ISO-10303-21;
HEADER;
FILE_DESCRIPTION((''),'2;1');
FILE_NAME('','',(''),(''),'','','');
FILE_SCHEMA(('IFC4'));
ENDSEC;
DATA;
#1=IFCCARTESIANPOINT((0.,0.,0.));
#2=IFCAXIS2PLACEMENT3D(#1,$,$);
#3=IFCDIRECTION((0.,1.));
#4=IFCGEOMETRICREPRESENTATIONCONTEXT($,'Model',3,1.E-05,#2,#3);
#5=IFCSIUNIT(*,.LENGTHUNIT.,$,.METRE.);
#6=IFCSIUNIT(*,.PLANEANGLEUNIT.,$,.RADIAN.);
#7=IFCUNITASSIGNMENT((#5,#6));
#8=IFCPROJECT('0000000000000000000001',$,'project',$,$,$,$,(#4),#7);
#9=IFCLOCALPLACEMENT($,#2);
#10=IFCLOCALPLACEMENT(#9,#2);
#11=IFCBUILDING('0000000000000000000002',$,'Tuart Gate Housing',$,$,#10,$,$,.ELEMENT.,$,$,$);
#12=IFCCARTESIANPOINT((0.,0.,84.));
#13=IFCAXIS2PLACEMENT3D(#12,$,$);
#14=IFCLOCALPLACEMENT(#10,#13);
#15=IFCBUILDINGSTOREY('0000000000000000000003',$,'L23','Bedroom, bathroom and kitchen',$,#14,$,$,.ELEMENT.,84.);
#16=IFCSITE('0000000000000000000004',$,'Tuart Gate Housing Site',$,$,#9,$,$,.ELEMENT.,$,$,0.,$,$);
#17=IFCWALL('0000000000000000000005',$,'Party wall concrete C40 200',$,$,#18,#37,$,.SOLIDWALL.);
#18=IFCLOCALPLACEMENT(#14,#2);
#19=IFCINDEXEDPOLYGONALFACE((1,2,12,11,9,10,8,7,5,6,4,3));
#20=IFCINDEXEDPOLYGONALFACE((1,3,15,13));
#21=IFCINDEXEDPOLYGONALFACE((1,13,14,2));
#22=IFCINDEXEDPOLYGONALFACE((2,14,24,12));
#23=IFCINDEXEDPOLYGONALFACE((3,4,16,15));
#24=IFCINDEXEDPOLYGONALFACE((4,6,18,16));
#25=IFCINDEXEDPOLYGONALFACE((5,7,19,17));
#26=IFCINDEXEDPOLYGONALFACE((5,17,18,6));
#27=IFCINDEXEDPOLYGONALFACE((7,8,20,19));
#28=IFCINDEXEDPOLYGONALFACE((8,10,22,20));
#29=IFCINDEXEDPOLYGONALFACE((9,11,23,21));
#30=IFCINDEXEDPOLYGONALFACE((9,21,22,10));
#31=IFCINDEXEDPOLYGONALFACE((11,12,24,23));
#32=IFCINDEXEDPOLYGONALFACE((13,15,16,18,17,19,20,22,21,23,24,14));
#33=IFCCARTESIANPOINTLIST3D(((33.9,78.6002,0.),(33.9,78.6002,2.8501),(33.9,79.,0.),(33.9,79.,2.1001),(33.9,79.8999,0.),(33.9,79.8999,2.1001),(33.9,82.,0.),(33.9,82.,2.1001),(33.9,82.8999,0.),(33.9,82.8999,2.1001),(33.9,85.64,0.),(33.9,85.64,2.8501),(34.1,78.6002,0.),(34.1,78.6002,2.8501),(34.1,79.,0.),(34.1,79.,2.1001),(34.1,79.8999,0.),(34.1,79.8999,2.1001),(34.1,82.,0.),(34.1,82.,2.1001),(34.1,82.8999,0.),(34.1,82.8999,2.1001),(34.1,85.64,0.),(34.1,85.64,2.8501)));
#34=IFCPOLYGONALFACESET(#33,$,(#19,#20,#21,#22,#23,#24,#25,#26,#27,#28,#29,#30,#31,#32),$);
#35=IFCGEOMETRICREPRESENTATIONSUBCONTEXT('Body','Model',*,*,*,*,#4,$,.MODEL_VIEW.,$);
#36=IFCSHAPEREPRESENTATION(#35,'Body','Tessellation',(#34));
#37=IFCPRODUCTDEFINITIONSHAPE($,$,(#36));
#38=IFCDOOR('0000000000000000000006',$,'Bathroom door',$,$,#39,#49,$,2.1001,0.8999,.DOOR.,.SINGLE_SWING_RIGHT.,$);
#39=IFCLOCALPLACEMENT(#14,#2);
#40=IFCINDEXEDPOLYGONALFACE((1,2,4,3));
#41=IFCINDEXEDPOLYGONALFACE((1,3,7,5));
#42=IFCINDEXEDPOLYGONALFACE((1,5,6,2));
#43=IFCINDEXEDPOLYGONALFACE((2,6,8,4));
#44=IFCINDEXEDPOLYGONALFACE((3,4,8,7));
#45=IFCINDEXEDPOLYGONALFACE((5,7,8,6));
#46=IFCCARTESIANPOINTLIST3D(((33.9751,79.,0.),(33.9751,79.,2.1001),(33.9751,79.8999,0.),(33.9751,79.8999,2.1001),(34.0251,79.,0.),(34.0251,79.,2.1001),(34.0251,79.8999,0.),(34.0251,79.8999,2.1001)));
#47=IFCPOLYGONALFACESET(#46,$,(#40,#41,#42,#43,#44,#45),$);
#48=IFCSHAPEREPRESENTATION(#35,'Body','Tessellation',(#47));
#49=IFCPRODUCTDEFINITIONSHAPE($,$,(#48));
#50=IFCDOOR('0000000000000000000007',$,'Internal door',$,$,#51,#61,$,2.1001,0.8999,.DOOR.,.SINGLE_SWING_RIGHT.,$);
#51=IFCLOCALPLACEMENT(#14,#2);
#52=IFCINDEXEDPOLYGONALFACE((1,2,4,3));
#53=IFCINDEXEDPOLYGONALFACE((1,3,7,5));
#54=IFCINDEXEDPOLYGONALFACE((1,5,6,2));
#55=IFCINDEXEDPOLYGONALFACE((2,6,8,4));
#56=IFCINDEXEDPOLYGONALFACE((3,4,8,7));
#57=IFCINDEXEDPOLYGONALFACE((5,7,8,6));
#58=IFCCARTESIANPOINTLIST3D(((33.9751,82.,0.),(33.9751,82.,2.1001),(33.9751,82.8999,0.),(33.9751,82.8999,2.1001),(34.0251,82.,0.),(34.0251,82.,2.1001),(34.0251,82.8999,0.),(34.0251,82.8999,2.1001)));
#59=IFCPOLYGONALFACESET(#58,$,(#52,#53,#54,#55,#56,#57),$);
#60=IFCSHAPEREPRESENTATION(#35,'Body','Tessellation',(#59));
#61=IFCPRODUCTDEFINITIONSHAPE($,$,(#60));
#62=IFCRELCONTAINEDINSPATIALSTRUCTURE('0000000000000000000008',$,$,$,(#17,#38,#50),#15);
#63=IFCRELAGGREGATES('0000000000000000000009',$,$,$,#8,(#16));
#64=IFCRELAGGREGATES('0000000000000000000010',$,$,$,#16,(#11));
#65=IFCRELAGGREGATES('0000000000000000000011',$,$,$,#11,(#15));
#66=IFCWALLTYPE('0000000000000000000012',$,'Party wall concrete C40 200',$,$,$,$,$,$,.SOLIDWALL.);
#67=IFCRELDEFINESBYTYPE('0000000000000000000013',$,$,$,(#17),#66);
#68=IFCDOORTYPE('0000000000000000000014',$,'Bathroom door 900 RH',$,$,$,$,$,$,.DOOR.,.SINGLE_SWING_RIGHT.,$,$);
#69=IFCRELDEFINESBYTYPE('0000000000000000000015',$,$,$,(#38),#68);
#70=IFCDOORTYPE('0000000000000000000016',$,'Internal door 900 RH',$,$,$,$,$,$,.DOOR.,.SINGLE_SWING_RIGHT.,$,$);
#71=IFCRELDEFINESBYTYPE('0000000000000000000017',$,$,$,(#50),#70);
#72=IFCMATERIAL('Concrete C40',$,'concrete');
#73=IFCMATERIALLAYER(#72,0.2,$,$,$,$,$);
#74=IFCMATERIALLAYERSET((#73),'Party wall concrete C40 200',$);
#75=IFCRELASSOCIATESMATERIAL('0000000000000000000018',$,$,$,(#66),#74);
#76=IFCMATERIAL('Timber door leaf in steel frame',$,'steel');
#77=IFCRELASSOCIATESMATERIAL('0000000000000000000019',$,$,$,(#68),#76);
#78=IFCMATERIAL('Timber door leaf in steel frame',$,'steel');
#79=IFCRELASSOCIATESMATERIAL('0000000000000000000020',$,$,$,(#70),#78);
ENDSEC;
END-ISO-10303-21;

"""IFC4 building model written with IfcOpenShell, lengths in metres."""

from ifc_helpers import new_model, si_unit, direction, frame, frame_2d, origin, place, context, subcontext, project, spatial, rectangle, extrude, material, layer, layer_set, type_object, element, fill, save


model = new_model("IFC4")

# Units and contexts
model_context = context("Model", 3, precision=1e-05, world=origin(), true_north=direction((0.0, 1.0)))
body_context = subcontext(model_context, "Body", "Model", "MODEL_VIEW")
ifc_project = project(units=[si_unit("LENGTHUNIT", "METRE"), si_unit("PLANEANGLEUNIT", "RADIAN")], contexts=[model_context])

# Site, building, storey
site_placement = place(None, origin())
site = spatial("IfcSite", under=ifc_project, at=site_placement, Name="Tuart Gate Housing Site", CompositionType="ELEMENT", RefElevation=0.0)
building_placement = place(site_placement, origin())
building = spatial("IfcBuilding", under=site, at=building_placement, Name="Tuart Gate Housing", CompositionType="ELEMENT")
storey_placement = place(building_placement, frame((0.0, 0.0, 84.0)))
storey = spatial("IfcBuildingStorey", under=building, at=storey_placement, Name="L23", Description="Bedroom, bathroom and kitchen", CompositionType="ELEMENT", Elevation=84.0)

# Shared definitions
ifc_material_1 = material(Name="Concrete C40", Category="concrete")
ifc_layer_1 = layer(ifc_material_1, 0.2)
ifc_layer_set_1 = layer_set([ifc_layer_1], Name="Party wall concrete C40 200")
wall_type_1 = type_object("IfcWallType", Name="Party wall concrete C40 200", PredefinedType="SOLIDWALL", material=ifc_layer_set_1)

# Wall, openings, doors
wall_1_placement = place(storey_placement, frame((34.0, 78.6001, 0.0), z_axis=(0.0, 0.0, 1.0), x_axis=(0.0, 1.0, 0.0)))
wall_1 = element("IfcWall", 1, at=wall_1_placement, inside=storey, type_object=wall_type_1, Name="Party wall concrete C40 200", PredefinedType="SOLIDWALL", context=body_context, shape_type="SweptSolid", body=[
    extrude(rectangle(XDim=7.0398, YDim=0.2, at=frame_2d((3.52, 0.0))), origin(), (0.0, 0.0, 1.0), 2.8501),
])
opening_1_placement = place(wall_1_placement, frame((3.3999, 0.0, 0.0)))
opening_1 = element("IfcOpeningElement", 2, at=opening_1_placement, cuts=wall_1, PredefinedType="OPENING", context=body_context, shape_type="SweptSolid", body=[
    extrude(rectangle(XDim=0.8999, YDim=2.1001, at=frame_2d((0.45, 1.05))), frame((0.0, 0.1099, 0.0), z_axis=(0.0, -1.0, 0.0), x_axis=(1.0, 0.0, 0.0)), (0.0, 0.0, 1.0), 0.22),
])
opening_2_placement = place(wall_1_placement, frame((0.3999, 0.0, 0.0)))
opening_2 = element("IfcOpeningElement", 3, at=opening_2_placement, cuts=wall_1, PredefinedType="OPENING", context=body_context, shape_type="SweptSolid", body=[
    extrude(rectangle(XDim=0.8999, YDim=2.1001, at=frame_2d((0.45, 1.05))), frame((0.0, 0.1099, 0.0), z_axis=(0.0, -1.0, 0.0), x_axis=(1.0, 0.0, 0.0)), (0.0, 0.0, 1.0), 0.22),
])
ifc_material_2 = material(Name="Timber door leaf in steel frame", Category="steel")
door_type_1 = type_object("IfcDoorType", Name="Bathroom door 900 RH", OperationType="SINGLE_SWING_RIGHT", PredefinedType="DOOR", material=ifc_material_2)
door_1_placement = place(opening_2_placement, frame((0.8999, 0.0, 0.0), z_axis=(0.0, 0.0, 1.0), x_axis=(-1.0, 0.0, 0.0)))
door_1 = element("IfcDoor", 4, at=door_1_placement, inside=storey, type_object=door_type_1, Name="Bathroom door", OperationType="SINGLE_SWING_RIGHT", OverallHeight=2.1001, OverallWidth=0.8999, PredefinedType="DOOR", context=body_context, shape_type="SweptSolid", body=[
    extrude(rectangle(XDim=0.8999, YDim=2.1001, at=frame_2d((0.45, 1.05))), frame((0.0, 0.0251, 0.0), z_axis=(0.0, -1.0, 0.0), x_axis=(1.0, 0.0, 0.0)), (0.0, 0.0, 1.0), 0.05),
])
fill(opening_2, door_1)
ifc_material_3 = material(Name="Timber door leaf in steel frame", Category="steel")
door_type_2 = type_object("IfcDoorType", Name="Internal door 900 RH", OperationType="SINGLE_SWING_RIGHT", PredefinedType="DOOR", material=ifc_material_3)
door_2_placement = place(opening_1_placement, frame((0.8999, 0.0, 0.0), z_axis=(0.0, 0.0, 1.0), x_axis=(-1.0, 0.0, 0.0)))
door_2 = element("IfcDoor", 5, at=door_2_placement, inside=storey, type_object=door_type_2, Name="Internal door", OperationType="SINGLE_SWING_RIGHT", OverallHeight=2.1001, OverallWidth=0.8999, PredefinedType="DOOR", context=body_context, shape_type="SweptSolid", body=[
    extrude(rectangle(XDim=0.8999, YDim=2.1001, at=frame_2d((0.45, 1.05))), frame((0.0, 0.0251, 0.0), z_axis=(0.0, -1.0, 0.0), x_axis=(1.0, 0.0, 0.0)), (0.0, 0.0, 1.0), 0.05),
])
fill(opening_1, door_2)

save(model, "model.ifc")
